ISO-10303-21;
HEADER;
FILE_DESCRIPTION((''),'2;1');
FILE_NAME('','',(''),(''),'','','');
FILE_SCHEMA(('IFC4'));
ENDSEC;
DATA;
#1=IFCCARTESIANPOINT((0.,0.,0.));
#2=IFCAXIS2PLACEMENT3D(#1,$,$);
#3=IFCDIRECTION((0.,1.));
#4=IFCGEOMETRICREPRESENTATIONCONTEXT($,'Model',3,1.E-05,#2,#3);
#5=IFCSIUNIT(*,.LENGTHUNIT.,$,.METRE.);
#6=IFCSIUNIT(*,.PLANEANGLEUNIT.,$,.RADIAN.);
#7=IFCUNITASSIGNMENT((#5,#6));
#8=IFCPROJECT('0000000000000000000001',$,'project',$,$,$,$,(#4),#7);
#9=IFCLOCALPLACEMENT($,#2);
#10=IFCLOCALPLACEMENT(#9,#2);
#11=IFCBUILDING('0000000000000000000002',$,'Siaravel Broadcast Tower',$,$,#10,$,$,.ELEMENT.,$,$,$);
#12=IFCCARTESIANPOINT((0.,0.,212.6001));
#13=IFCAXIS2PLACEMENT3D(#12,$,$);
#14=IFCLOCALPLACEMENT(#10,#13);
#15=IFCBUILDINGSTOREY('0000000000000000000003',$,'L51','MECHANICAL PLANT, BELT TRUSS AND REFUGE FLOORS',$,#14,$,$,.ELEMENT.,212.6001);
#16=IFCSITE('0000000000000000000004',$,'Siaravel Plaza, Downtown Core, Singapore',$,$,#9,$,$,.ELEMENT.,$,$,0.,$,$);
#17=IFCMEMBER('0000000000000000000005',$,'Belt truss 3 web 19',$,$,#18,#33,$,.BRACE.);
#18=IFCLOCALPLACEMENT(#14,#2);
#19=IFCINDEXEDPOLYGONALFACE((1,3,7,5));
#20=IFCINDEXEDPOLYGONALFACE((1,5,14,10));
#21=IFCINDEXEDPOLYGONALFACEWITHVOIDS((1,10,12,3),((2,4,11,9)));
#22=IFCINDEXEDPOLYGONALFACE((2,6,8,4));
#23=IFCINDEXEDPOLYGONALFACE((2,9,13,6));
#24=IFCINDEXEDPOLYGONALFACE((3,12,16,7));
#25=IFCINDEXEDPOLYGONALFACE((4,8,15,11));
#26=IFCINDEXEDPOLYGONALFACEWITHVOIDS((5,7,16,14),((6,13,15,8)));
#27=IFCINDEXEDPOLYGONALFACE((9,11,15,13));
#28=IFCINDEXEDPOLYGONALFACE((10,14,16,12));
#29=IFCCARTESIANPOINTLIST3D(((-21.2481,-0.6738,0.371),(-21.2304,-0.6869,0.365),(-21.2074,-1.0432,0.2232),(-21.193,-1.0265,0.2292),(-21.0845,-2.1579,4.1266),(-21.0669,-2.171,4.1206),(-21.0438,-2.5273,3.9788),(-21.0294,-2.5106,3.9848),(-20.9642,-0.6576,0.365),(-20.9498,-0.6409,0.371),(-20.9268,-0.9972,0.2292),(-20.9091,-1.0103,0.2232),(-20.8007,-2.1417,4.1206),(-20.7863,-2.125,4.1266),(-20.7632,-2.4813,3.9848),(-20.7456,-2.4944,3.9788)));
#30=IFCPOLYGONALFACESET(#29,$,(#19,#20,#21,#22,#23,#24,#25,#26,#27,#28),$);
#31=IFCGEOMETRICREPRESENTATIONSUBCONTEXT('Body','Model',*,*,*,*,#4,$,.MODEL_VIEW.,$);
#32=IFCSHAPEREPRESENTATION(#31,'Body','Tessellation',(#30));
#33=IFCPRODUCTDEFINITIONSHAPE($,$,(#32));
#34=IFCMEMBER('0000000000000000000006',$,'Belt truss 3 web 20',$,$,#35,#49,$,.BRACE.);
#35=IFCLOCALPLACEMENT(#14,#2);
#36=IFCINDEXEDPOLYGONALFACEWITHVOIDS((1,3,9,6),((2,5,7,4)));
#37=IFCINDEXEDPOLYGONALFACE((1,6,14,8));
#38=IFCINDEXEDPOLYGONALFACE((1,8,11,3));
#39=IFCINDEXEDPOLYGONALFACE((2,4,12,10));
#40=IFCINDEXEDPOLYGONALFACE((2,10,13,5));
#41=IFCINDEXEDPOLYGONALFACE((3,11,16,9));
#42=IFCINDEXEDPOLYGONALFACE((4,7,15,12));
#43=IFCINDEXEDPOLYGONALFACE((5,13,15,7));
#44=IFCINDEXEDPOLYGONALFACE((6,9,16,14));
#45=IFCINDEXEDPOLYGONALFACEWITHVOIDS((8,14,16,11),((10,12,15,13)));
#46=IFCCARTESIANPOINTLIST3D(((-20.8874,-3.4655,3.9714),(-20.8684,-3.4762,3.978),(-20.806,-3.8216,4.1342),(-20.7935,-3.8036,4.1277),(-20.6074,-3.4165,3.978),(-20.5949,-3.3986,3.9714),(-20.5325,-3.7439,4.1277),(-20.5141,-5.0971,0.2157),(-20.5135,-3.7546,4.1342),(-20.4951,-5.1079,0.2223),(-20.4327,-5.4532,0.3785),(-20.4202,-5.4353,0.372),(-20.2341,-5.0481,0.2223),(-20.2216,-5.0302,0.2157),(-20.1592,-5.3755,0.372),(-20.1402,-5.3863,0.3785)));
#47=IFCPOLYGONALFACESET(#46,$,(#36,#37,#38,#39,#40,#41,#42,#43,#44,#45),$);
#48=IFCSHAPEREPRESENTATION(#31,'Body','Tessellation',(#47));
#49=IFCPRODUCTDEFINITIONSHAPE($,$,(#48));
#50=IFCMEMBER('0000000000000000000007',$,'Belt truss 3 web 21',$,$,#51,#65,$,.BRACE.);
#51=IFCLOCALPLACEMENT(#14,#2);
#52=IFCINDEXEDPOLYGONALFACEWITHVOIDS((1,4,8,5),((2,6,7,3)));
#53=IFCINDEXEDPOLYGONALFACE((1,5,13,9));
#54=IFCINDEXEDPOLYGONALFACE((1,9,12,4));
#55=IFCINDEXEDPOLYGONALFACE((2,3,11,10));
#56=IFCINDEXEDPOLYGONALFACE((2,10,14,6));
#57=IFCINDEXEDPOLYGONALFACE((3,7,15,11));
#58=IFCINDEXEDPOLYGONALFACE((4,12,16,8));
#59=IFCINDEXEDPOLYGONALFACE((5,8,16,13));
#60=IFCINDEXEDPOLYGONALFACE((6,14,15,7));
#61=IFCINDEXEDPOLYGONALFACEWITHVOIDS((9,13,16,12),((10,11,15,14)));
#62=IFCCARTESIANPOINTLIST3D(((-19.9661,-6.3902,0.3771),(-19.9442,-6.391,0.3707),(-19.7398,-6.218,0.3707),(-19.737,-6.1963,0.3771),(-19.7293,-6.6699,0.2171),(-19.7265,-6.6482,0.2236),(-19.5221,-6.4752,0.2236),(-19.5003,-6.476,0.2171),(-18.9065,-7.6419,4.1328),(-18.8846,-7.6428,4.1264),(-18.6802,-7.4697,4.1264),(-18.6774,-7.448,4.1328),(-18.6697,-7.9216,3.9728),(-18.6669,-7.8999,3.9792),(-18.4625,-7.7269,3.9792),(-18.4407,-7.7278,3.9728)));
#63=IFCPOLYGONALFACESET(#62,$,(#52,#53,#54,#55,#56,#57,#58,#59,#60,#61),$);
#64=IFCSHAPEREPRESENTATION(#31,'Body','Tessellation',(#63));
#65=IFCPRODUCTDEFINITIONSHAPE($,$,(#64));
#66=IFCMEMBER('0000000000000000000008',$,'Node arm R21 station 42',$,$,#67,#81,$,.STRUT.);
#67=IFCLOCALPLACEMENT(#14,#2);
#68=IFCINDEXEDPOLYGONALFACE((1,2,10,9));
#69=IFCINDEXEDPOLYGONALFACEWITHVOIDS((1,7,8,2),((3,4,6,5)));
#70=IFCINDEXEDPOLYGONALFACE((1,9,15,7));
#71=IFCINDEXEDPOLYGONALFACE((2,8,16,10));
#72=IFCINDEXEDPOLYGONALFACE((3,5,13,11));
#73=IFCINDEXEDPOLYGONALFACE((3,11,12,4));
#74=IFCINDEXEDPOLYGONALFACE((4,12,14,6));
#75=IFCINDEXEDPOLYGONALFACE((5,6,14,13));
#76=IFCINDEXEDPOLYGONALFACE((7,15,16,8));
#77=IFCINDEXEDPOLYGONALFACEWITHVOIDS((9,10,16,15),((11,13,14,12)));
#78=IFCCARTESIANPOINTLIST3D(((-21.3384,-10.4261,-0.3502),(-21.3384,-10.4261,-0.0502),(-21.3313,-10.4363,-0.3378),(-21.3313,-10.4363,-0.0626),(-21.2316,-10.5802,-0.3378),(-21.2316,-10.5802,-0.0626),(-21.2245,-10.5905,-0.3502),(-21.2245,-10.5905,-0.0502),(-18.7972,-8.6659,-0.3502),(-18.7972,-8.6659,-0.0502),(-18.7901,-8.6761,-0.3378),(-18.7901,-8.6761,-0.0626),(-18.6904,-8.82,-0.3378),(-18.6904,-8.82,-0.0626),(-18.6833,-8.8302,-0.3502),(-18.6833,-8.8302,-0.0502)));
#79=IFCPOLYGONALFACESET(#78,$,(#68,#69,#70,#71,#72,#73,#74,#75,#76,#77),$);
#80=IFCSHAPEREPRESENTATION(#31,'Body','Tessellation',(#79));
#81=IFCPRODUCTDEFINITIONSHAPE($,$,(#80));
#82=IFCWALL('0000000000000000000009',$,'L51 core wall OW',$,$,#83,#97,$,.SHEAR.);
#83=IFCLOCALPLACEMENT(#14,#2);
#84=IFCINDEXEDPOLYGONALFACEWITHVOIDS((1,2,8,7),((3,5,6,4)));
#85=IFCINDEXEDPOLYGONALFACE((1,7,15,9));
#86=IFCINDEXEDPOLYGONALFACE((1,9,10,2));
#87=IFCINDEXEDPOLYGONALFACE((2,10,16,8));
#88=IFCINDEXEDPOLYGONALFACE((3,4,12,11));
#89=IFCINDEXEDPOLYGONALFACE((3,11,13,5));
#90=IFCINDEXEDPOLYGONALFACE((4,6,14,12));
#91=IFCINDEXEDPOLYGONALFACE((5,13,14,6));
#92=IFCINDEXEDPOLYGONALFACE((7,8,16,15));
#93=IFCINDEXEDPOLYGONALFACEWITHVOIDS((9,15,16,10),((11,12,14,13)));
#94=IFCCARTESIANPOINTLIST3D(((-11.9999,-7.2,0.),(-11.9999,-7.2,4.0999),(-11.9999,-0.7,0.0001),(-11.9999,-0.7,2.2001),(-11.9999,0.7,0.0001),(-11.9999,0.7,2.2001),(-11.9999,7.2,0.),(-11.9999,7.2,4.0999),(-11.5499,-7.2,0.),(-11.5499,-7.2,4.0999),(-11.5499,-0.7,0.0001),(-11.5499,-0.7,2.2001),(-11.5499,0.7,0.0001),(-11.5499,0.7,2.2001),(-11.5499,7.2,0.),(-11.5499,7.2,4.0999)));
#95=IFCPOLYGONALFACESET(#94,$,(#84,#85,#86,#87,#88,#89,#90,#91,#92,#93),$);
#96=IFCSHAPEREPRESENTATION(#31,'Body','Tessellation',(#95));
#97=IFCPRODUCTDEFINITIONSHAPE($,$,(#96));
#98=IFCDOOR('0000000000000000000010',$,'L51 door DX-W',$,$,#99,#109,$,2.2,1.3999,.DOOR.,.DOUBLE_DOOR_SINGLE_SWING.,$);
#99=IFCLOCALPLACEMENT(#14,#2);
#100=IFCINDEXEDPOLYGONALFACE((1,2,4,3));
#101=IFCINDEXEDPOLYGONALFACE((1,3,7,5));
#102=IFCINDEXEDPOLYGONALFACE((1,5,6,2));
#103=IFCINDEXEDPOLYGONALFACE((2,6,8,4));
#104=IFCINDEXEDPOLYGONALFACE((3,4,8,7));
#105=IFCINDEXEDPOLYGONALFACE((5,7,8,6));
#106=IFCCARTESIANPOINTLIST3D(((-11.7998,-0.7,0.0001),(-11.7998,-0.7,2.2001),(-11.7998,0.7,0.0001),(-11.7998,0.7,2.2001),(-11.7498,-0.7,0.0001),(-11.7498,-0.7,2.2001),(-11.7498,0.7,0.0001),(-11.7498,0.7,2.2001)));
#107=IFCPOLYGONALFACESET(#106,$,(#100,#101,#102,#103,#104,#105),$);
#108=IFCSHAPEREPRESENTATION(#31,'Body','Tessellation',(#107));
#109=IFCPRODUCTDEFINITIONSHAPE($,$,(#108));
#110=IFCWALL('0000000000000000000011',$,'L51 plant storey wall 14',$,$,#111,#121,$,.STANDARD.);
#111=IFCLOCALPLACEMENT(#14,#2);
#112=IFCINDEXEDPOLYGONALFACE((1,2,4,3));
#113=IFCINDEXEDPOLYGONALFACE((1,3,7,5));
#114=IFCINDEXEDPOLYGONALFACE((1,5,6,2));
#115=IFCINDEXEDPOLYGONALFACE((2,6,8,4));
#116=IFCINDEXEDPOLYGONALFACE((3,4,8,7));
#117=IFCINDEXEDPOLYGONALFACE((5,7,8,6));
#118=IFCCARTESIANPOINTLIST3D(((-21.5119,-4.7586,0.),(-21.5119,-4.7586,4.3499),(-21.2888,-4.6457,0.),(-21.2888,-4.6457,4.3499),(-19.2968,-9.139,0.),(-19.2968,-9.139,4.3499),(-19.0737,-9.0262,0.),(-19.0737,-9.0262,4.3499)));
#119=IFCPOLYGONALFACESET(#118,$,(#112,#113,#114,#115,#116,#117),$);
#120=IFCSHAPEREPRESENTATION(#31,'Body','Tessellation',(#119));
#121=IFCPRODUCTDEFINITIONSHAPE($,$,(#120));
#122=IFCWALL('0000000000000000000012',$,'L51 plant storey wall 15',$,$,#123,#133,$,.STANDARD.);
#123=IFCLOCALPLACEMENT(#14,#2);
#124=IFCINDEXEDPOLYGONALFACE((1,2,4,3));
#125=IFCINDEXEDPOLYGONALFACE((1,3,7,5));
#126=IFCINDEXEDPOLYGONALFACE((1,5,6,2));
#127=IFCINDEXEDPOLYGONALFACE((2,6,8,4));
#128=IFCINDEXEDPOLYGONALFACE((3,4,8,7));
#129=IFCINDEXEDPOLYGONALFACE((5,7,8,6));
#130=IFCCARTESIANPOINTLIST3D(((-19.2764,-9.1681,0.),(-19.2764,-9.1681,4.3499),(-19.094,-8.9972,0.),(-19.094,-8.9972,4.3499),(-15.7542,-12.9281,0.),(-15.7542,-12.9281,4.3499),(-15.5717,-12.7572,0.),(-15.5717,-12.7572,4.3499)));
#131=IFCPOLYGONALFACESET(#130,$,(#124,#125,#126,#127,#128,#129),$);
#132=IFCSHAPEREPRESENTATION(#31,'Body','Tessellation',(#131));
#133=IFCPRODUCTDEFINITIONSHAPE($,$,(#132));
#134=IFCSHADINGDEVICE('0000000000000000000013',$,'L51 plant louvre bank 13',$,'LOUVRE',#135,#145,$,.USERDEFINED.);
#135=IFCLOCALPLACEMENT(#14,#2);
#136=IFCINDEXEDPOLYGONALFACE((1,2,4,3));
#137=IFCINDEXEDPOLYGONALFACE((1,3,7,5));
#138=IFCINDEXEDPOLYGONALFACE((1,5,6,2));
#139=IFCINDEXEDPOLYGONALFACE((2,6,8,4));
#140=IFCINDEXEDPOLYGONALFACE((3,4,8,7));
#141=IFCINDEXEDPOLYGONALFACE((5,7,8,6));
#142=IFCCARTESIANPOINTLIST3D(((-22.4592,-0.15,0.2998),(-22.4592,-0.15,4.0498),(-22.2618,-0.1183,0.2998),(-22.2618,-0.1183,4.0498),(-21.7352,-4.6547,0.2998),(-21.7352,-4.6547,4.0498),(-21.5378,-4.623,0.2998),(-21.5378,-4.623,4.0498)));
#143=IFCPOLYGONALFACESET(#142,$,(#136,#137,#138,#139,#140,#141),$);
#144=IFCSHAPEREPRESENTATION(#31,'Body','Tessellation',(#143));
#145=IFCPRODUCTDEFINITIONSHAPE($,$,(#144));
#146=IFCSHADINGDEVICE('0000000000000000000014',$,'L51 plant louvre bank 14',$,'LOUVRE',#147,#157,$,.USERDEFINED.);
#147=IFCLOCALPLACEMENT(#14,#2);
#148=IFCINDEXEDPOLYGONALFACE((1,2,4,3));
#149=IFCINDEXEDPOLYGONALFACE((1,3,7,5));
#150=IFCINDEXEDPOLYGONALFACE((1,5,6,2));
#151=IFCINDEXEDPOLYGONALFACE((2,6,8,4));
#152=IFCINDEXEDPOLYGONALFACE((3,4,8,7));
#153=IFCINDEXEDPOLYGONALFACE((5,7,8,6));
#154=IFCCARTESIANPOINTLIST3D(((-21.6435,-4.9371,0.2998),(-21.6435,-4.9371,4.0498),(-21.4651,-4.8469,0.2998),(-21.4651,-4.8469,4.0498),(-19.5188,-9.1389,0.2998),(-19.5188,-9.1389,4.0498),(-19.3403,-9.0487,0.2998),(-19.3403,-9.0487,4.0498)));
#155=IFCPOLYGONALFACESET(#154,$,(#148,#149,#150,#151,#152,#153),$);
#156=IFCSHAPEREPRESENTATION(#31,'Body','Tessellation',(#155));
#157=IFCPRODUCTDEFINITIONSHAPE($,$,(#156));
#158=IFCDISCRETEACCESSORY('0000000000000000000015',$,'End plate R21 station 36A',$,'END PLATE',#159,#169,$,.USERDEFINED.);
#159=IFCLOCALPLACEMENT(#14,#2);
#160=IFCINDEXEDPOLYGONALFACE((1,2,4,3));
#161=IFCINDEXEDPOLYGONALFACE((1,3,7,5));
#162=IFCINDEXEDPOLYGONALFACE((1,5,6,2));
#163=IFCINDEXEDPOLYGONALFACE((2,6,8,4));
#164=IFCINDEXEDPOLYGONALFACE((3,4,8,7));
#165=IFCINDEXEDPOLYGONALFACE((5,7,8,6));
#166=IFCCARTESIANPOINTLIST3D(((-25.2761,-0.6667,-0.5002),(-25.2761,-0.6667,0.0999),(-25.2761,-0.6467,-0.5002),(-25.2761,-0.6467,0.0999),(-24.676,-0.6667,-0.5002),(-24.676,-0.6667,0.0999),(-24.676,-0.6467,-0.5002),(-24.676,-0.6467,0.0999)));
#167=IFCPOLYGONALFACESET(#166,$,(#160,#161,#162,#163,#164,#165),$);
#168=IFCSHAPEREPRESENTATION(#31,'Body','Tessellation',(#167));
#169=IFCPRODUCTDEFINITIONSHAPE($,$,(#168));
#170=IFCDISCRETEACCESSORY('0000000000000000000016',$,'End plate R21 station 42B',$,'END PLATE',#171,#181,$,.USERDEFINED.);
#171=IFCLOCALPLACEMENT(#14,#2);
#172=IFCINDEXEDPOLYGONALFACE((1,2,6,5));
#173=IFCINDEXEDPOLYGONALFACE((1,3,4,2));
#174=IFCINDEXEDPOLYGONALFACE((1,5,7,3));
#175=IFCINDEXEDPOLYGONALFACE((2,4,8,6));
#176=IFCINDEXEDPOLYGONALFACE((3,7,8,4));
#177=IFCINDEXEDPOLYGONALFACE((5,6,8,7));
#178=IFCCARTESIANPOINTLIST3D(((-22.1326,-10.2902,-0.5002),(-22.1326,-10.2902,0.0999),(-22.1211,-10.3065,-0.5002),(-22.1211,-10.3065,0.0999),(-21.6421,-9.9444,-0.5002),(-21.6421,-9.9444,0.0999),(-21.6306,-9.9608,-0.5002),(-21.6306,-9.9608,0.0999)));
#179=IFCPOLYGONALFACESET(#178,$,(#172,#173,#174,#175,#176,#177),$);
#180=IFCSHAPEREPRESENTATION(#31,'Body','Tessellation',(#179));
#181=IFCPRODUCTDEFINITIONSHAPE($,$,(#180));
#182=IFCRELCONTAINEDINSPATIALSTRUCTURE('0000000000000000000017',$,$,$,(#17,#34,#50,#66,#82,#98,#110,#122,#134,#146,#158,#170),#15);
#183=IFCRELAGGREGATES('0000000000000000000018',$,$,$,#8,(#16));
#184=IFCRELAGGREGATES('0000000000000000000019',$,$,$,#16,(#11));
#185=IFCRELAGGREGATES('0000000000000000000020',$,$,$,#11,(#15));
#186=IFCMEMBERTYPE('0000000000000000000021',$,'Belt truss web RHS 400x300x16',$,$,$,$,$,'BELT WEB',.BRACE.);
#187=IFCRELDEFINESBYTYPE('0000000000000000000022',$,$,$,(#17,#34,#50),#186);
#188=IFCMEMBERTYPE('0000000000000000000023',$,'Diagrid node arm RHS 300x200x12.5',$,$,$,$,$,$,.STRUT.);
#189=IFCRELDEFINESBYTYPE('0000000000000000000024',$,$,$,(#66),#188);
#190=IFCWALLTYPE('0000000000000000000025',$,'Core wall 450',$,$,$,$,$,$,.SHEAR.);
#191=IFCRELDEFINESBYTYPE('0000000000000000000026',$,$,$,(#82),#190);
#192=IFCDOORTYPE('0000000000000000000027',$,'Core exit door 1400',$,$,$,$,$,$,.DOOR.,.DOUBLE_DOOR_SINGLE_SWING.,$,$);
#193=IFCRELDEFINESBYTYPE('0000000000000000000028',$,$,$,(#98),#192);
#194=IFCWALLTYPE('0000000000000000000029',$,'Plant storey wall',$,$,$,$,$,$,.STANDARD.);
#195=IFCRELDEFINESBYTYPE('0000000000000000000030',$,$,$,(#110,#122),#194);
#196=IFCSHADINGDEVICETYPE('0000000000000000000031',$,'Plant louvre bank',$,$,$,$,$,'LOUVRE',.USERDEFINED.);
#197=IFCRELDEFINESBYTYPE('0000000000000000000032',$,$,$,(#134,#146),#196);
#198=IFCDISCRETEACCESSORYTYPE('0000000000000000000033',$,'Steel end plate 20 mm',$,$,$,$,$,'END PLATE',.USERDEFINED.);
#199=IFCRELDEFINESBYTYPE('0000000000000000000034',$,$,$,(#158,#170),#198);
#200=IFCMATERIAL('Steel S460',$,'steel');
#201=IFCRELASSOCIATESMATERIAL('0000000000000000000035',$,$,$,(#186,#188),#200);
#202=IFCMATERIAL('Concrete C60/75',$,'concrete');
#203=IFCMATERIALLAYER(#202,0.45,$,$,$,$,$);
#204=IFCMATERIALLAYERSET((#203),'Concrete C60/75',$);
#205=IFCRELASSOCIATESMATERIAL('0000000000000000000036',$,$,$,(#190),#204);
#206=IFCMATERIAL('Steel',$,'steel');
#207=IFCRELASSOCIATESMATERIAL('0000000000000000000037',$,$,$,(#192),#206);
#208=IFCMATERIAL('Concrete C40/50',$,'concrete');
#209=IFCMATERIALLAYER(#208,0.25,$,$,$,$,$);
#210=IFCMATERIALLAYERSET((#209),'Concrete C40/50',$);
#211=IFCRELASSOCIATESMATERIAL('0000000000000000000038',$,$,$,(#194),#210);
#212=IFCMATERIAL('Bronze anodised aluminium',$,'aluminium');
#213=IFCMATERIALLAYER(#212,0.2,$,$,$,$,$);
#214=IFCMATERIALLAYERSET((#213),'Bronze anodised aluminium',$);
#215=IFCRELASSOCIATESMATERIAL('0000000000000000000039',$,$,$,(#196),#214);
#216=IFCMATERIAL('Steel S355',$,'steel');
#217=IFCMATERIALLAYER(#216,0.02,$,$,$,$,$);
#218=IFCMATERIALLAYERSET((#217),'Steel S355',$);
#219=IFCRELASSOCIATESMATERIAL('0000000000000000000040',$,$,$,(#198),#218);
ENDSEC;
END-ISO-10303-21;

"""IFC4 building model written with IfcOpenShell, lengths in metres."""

from ifc_helpers import new_model, si_unit, direction, frame, frame_2d, origin, origin_2d, place, context, subcontext, project, spatial, rectangle, hollow_rectangle, extrude, material, layer, layer_set, material_profile, profile_set, type_object, element, fill, save


model = new_model("IFC4")

# Units and contexts
model_context = context("Model", 3, precision=1e-05, world=origin(), true_north=direction((0.0, 1.0)))
body_context = subcontext(model_context, "Body", "Model", "MODEL_VIEW")
ifc_project = project(units=[si_unit("LENGTHUNIT", "METRE"), si_unit("PLANEANGLEUNIT", "RADIAN")], contexts=[model_context])

# Site, building, storey
site_placement = place(None, origin())
site = spatial("IfcSite", under=ifc_project, at=site_placement, Name="Siaravel Plaza, Downtown Core, Singapore", CompositionType="ELEMENT", RefElevation=0.0)
building_placement = place(site_placement, origin())
building = spatial("IfcBuilding", under=site, at=building_placement, Name="Siaravel Broadcast Tower", CompositionType="ELEMENT")
storey_placement = place(building_placement, frame((0.0, 0.0, 212.6001)))
storey = spatial("IfcBuildingStorey", under=building, at=storey_placement, Name="L51", Description="MECHANICAL PLANT, BELT TRUSS AND REFUGE FLOORS", CompositionType="ELEMENT", Elevation=212.6001)

# Shared definitions
ifc_material_1 = material(Name="Concrete C60/75", Category="concrete")

# Shared definitions
ifc_material_2 = material(Name="Steel S355", Category="steel")
ifc_material_3 = material(Name="Steel S460", Category="steel")

# Members
ifc_material_profile_1 = material_profile(ifc_material_3, hollow_rectangle(XDim=0.3, YDim=0.3999, WallThickness=0.0161, at=origin_2d()))
ifc_profile_set_1 = profile_set([ifc_material_profile_1], Name="Steel S460")
member_type_1 = type_object("IfcMemberType", Name="Belt truss web RHS 400x300x16", ElementType="BELT WEB", PredefinedType="BRACE", material=ifc_profile_set_1)
member_1_placement = place(storey_placement, frame((-21.0786, -0.842, 0.2971), z_axis=(0.040473, -0.367219, 0.929253), x_axis=(0.993981, 0.109552, 0.0)))
element("IfcMember", 1, at=member_1_placement, inside=storey, type_object=member_type_1, Name="Belt truss 3 web 19", PredefinedType="BRACE", context=body_context, shape_type="SweptSolid", body=[
    extrude(hollow_rectangle(XDim=0.3, YDim=0.3999, WallThickness=0.0161, at=origin_2d()), origin(), (0.0, 0.0, 1.0), 4.0415),
])
member_2_placement = place(storey_placement, frame((-20.3271, -5.2417, 0.2971), z_axis=(-0.090787, 0.396817, 0.913397), x_axis=(-0.974812, -0.223027, 0.0)))
element("IfcMember", 2, at=member_2_placement, inside=storey, type_object=member_type_1, Name="Belt truss 3 web 20", PredefinedType="BRACE", context=body_context, shape_type="SweptSolid", body=[
    extrude(hollow_rectangle(XDim=0.3, YDim=0.3999, WallThickness=0.0161, at=origin_2d()), origin(), (0.0, 0.0, 1.0), 4.1118),
])
member_3_placement = place(storey_placement, frame((-19.7332, -6.4331, 0.2971), z_axis=(0.258554, -0.305439, 0.916437), x_axis=(0.763256, 0.646096, 0.0)))
element("IfcMember", 3, at=member_3_placement, inside=storey, type_object=member_type_1, Name="Belt truss 3 web 21", PredefinedType="BRACE", context=body_context, shape_type="SweptSolid", body=[
    extrude(hollow_rectangle(XDim=0.3, YDim=0.3999, WallThickness=0.0161, at=origin_2d()), origin(), (0.0, 0.0, 1.0), 4.0981),
])
ifc_material_profile_2 = material_profile(ifc_material_3, hollow_rectangle(XDim=0.2, YDim=0.3, WallThickness=0.0125, at=origin_2d()))
ifc_profile_set_2 = profile_set([ifc_material_profile_2], Name="Steel S460")
member_type_2 = type_object("IfcMemberType", Name="Diagrid node arm RHS 300x200x12.5", PredefinedType="STRUT", material=ifc_profile_set_2)
member_4_placement = place(storey_placement, frame((-18.7402, -8.748, -0.2002), z_axis=(-0.822053, -0.569411, 0.0), x_axis=(0.569411, -0.822053, 0.0)))
element("IfcMember", 4, at=member_4_placement, inside=storey, type_object=member_type_2, Name="Node arm R21 station 42", PredefinedType="STRUT", context=body_context, shape_type="SweptSolid", body=[
    extrude(hollow_rectangle(XDim=0.2, YDim=0.3, WallThickness=0.0125, at=origin_2d()), origin(), (0.0, 0.0, 1.0), 3.0913),
])

# Wall, opening, door
ifc_layer_1 = layer(ifc_material_1, 0.45)
ifc_layer_set_1 = layer_set([ifc_layer_1], Name="Concrete C60/75")
wall_type_1 = type_object("IfcWallType", Name="Core wall 450", PredefinedType="SHEAR", material=ifc_layer_set_1)
wall_1_placement = place(storey_placement, frame((-11.7749, -7.2, 0.0), z_axis=(0.0, 0.0, 1.0), x_axis=(0.0, 1.0, 0.0)))
wall_1 = element("IfcWall", 5, at=wall_1_placement, inside=storey, type_object=wall_type_1, Name="L51 core wall OW", PredefinedType="SHEAR", context=body_context, shape_type="SweptSolid", body=[
    extrude(rectangle(XDim=14.3999, YDim=0.45, at=frame_2d((7.2, 0.0))), origin(), (0.0, 0.0, 1.0), 4.0999),
])
opening_placement = place(wall_1_placement, frame((6.5, 0.0, 0.0)))
opening = element("IfcOpeningElement", 6, at=opening_placement, cuts=wall_1, PredefinedType="OPENING", context=body_context, shape_type="SweptSolid", body=[
    extrude(rectangle(XDim=1.3999, YDim=2.2, at=frame_2d((0.7, 1.1001))), frame((0.0, 0.2349, 0.0), z_axis=(0.0, -1.0, 0.0), x_axis=(1.0, 0.0, 0.0)), (0.0, 0.0, 1.0), 0.47),
])
ifc_material_4 = material(Name="Steel", Category="steel")
door_type = type_object("IfcDoorType", Name="Core exit door 1400", OperationType="DOUBLE_DOOR_SINGLE_SWING", PredefinedType="DOOR", material=ifc_material_4)
door_placement = place(opening_placement, origin())
door = element("IfcDoor", 7, at=door_placement, inside=storey, type_object=door_type, Name="L51 door DX-W", OperationType="DOUBLE_DOOR_SINGLE_SWING", OverallHeight=2.2, OverallWidth=1.3999, PredefinedType="DOOR", context=body_context, shape_type="SweptSolid", body=[
    extrude(rectangle(XDim=1.3999, YDim=2.2, at=frame_2d((0.7, 1.1001))), frame((0.0, 0.0249, 0.0), z_axis=(0.0, -1.0, 0.0), x_axis=(1.0, 0.0, 0.0)), (0.0, 0.0, 1.0), 0.05),
])
fill(opening, door)

# Walls
ifc_material_5 = material(Name="Concrete C40/50", Category="concrete")
ifc_layer_2 = layer(ifc_material_5, 0.25)
ifc_layer_set_2 = layer_set([ifc_layer_2], Name="Concrete C40/50")
wall_type_2 = type_object("IfcWallType", Name="Plant storey wall", PredefinedType="STANDARD", material=ifc_layer_set_2)
wall_2_placement = place(storey_placement, frame((-21.4004, -4.7021, 0.0), z_axis=(0.0, 0.0, 1.0), x_axis=(0.451268, -0.892389, 0.0)))
element("IfcWall", 8, at=wall_2_placement, inside=storey, type_object=wall_type_2, Name="L51 plant storey wall 14", PredefinedType="STANDARD", context=body_context, shape_type="SweptSolid", body=[
    extrude(rectangle(XDim=4.9087, YDim=0.25, at=frame_2d((2.4543, 0.0))), origin(), (0.0, 0.0, 1.0), 4.3499),
])
wall_3_placement = place(storey_placement, frame((-19.1853, -9.0825, 0.0), z_axis=(0.0, 0.0, 1.0), x_axis=(0.683653, -0.729808, 0.0)))
element("IfcWall", 9, at=wall_3_placement, inside=storey, type_object=wall_type_2, Name="L51 plant storey wall 15", PredefinedType="STANDARD", context=body_context, shape_type="SweptSolid", body=[
    extrude(rectangle(XDim=5.1521, YDim=0.25, at=frame_2d((2.5762, 0.0))), origin(), (0.0, 0.0, 1.0), 4.3499),
])

# Shading devices
ifc_material_6 = material(Name="Bronze anodised aluminium", Category="aluminium")
ifc_layer_3 = layer(ifc_material_6, 0.2)
ifc_layer_set_3 = layer_set([ifc_layer_3], Name="Bronze anodised aluminium")
shading_device_type = type_object("IfcShadingDeviceType", Name="Plant louvre bank", ElementType="LOUVRE", PredefinedType="USERDEFINED", material=ifc_layer_set_3)
shading_device_1_placement = place(storey_placement, frame((-21.9985, -2.3865, 0.2998), z_axis=(0.0, 0.0, 1.0), x_axis=(0.158685, -0.987329, 0.0)))
element("IfcShadingDevice", 10, at=shading_device_1_placement, inside=storey, type_object=shading_device_type, Name="L51 plant louvre bank 13", ObjectType="LOUVRE", PredefinedType="USERDEFINED", context=body_context, shape_type="SweptSolid", body=[
    extrude(rectangle(XDim=4.5625, YDim=0.2, at=origin_2d()), origin(), (0.0, 0.0, 1.0), 3.75),
])
shading_device_2_placement = place(storey_placement, frame((-20.4919, -6.9929, 0.2998), z_axis=(0.0, 0.0, 1.0), x_axis=(0.451261, -0.892392, 0.0)))
element("IfcShadingDevice", 11, at=shading_device_2_placement, inside=storey, type_object=shading_device_type, Name="L51 plant louvre bank 14", ObjectType="LOUVRE", PredefinedType="USERDEFINED", context=body_context, shape_type="SweptSolid", body=[
    extrude(rectangle(XDim=4.7085, YDim=0.2, at=origin_2d()), origin(), (0.0, 0.0, 1.0), 3.75),
])

# Discrete accessories
ifc_layer_4 = layer(ifc_material_2, 0.02)
ifc_layer_set_4 = layer_set([ifc_layer_4], Name="Steel S355")
discrete_accessory_type = type_object("IfcDiscreteAccessoryType", Name="Steel end plate 20 mm", ElementType="END PLATE", PredefinedType="USERDEFINED", material=ifc_layer_set_4)
for number, where, z_axis, x_axis, name in (
    (12, (-24.9761, -0.6567, -0.5002), (0.0, 0.0, 1.0), (0.0, -1.0, 0.0), "End plate R21 station 36A"),
    (13, (-21.8816, -10.1255, -0.5002), (0.0, 0.0, 1.0), (0.576119, -0.817366, 0.0), "End plate R21 station 42B"),
):
    element("IfcDiscreteAccessory", number, at=place(storey_placement, frame(where, z_axis=z_axis, x_axis=x_axis)), inside=storey, type_object=discrete_accessory_type, Name=name, ObjectType="END PLATE", PredefinedType="USERDEFINED", context=body_context, shape_type="SweptSolid", body=[
        extrude(rectangle(XDim=0.02, YDim=0.6001, at=origin_2d()), origin(), (0.0, 0.0, 1.0), 0.6001),
    ])

save(model, "model.ifc")
